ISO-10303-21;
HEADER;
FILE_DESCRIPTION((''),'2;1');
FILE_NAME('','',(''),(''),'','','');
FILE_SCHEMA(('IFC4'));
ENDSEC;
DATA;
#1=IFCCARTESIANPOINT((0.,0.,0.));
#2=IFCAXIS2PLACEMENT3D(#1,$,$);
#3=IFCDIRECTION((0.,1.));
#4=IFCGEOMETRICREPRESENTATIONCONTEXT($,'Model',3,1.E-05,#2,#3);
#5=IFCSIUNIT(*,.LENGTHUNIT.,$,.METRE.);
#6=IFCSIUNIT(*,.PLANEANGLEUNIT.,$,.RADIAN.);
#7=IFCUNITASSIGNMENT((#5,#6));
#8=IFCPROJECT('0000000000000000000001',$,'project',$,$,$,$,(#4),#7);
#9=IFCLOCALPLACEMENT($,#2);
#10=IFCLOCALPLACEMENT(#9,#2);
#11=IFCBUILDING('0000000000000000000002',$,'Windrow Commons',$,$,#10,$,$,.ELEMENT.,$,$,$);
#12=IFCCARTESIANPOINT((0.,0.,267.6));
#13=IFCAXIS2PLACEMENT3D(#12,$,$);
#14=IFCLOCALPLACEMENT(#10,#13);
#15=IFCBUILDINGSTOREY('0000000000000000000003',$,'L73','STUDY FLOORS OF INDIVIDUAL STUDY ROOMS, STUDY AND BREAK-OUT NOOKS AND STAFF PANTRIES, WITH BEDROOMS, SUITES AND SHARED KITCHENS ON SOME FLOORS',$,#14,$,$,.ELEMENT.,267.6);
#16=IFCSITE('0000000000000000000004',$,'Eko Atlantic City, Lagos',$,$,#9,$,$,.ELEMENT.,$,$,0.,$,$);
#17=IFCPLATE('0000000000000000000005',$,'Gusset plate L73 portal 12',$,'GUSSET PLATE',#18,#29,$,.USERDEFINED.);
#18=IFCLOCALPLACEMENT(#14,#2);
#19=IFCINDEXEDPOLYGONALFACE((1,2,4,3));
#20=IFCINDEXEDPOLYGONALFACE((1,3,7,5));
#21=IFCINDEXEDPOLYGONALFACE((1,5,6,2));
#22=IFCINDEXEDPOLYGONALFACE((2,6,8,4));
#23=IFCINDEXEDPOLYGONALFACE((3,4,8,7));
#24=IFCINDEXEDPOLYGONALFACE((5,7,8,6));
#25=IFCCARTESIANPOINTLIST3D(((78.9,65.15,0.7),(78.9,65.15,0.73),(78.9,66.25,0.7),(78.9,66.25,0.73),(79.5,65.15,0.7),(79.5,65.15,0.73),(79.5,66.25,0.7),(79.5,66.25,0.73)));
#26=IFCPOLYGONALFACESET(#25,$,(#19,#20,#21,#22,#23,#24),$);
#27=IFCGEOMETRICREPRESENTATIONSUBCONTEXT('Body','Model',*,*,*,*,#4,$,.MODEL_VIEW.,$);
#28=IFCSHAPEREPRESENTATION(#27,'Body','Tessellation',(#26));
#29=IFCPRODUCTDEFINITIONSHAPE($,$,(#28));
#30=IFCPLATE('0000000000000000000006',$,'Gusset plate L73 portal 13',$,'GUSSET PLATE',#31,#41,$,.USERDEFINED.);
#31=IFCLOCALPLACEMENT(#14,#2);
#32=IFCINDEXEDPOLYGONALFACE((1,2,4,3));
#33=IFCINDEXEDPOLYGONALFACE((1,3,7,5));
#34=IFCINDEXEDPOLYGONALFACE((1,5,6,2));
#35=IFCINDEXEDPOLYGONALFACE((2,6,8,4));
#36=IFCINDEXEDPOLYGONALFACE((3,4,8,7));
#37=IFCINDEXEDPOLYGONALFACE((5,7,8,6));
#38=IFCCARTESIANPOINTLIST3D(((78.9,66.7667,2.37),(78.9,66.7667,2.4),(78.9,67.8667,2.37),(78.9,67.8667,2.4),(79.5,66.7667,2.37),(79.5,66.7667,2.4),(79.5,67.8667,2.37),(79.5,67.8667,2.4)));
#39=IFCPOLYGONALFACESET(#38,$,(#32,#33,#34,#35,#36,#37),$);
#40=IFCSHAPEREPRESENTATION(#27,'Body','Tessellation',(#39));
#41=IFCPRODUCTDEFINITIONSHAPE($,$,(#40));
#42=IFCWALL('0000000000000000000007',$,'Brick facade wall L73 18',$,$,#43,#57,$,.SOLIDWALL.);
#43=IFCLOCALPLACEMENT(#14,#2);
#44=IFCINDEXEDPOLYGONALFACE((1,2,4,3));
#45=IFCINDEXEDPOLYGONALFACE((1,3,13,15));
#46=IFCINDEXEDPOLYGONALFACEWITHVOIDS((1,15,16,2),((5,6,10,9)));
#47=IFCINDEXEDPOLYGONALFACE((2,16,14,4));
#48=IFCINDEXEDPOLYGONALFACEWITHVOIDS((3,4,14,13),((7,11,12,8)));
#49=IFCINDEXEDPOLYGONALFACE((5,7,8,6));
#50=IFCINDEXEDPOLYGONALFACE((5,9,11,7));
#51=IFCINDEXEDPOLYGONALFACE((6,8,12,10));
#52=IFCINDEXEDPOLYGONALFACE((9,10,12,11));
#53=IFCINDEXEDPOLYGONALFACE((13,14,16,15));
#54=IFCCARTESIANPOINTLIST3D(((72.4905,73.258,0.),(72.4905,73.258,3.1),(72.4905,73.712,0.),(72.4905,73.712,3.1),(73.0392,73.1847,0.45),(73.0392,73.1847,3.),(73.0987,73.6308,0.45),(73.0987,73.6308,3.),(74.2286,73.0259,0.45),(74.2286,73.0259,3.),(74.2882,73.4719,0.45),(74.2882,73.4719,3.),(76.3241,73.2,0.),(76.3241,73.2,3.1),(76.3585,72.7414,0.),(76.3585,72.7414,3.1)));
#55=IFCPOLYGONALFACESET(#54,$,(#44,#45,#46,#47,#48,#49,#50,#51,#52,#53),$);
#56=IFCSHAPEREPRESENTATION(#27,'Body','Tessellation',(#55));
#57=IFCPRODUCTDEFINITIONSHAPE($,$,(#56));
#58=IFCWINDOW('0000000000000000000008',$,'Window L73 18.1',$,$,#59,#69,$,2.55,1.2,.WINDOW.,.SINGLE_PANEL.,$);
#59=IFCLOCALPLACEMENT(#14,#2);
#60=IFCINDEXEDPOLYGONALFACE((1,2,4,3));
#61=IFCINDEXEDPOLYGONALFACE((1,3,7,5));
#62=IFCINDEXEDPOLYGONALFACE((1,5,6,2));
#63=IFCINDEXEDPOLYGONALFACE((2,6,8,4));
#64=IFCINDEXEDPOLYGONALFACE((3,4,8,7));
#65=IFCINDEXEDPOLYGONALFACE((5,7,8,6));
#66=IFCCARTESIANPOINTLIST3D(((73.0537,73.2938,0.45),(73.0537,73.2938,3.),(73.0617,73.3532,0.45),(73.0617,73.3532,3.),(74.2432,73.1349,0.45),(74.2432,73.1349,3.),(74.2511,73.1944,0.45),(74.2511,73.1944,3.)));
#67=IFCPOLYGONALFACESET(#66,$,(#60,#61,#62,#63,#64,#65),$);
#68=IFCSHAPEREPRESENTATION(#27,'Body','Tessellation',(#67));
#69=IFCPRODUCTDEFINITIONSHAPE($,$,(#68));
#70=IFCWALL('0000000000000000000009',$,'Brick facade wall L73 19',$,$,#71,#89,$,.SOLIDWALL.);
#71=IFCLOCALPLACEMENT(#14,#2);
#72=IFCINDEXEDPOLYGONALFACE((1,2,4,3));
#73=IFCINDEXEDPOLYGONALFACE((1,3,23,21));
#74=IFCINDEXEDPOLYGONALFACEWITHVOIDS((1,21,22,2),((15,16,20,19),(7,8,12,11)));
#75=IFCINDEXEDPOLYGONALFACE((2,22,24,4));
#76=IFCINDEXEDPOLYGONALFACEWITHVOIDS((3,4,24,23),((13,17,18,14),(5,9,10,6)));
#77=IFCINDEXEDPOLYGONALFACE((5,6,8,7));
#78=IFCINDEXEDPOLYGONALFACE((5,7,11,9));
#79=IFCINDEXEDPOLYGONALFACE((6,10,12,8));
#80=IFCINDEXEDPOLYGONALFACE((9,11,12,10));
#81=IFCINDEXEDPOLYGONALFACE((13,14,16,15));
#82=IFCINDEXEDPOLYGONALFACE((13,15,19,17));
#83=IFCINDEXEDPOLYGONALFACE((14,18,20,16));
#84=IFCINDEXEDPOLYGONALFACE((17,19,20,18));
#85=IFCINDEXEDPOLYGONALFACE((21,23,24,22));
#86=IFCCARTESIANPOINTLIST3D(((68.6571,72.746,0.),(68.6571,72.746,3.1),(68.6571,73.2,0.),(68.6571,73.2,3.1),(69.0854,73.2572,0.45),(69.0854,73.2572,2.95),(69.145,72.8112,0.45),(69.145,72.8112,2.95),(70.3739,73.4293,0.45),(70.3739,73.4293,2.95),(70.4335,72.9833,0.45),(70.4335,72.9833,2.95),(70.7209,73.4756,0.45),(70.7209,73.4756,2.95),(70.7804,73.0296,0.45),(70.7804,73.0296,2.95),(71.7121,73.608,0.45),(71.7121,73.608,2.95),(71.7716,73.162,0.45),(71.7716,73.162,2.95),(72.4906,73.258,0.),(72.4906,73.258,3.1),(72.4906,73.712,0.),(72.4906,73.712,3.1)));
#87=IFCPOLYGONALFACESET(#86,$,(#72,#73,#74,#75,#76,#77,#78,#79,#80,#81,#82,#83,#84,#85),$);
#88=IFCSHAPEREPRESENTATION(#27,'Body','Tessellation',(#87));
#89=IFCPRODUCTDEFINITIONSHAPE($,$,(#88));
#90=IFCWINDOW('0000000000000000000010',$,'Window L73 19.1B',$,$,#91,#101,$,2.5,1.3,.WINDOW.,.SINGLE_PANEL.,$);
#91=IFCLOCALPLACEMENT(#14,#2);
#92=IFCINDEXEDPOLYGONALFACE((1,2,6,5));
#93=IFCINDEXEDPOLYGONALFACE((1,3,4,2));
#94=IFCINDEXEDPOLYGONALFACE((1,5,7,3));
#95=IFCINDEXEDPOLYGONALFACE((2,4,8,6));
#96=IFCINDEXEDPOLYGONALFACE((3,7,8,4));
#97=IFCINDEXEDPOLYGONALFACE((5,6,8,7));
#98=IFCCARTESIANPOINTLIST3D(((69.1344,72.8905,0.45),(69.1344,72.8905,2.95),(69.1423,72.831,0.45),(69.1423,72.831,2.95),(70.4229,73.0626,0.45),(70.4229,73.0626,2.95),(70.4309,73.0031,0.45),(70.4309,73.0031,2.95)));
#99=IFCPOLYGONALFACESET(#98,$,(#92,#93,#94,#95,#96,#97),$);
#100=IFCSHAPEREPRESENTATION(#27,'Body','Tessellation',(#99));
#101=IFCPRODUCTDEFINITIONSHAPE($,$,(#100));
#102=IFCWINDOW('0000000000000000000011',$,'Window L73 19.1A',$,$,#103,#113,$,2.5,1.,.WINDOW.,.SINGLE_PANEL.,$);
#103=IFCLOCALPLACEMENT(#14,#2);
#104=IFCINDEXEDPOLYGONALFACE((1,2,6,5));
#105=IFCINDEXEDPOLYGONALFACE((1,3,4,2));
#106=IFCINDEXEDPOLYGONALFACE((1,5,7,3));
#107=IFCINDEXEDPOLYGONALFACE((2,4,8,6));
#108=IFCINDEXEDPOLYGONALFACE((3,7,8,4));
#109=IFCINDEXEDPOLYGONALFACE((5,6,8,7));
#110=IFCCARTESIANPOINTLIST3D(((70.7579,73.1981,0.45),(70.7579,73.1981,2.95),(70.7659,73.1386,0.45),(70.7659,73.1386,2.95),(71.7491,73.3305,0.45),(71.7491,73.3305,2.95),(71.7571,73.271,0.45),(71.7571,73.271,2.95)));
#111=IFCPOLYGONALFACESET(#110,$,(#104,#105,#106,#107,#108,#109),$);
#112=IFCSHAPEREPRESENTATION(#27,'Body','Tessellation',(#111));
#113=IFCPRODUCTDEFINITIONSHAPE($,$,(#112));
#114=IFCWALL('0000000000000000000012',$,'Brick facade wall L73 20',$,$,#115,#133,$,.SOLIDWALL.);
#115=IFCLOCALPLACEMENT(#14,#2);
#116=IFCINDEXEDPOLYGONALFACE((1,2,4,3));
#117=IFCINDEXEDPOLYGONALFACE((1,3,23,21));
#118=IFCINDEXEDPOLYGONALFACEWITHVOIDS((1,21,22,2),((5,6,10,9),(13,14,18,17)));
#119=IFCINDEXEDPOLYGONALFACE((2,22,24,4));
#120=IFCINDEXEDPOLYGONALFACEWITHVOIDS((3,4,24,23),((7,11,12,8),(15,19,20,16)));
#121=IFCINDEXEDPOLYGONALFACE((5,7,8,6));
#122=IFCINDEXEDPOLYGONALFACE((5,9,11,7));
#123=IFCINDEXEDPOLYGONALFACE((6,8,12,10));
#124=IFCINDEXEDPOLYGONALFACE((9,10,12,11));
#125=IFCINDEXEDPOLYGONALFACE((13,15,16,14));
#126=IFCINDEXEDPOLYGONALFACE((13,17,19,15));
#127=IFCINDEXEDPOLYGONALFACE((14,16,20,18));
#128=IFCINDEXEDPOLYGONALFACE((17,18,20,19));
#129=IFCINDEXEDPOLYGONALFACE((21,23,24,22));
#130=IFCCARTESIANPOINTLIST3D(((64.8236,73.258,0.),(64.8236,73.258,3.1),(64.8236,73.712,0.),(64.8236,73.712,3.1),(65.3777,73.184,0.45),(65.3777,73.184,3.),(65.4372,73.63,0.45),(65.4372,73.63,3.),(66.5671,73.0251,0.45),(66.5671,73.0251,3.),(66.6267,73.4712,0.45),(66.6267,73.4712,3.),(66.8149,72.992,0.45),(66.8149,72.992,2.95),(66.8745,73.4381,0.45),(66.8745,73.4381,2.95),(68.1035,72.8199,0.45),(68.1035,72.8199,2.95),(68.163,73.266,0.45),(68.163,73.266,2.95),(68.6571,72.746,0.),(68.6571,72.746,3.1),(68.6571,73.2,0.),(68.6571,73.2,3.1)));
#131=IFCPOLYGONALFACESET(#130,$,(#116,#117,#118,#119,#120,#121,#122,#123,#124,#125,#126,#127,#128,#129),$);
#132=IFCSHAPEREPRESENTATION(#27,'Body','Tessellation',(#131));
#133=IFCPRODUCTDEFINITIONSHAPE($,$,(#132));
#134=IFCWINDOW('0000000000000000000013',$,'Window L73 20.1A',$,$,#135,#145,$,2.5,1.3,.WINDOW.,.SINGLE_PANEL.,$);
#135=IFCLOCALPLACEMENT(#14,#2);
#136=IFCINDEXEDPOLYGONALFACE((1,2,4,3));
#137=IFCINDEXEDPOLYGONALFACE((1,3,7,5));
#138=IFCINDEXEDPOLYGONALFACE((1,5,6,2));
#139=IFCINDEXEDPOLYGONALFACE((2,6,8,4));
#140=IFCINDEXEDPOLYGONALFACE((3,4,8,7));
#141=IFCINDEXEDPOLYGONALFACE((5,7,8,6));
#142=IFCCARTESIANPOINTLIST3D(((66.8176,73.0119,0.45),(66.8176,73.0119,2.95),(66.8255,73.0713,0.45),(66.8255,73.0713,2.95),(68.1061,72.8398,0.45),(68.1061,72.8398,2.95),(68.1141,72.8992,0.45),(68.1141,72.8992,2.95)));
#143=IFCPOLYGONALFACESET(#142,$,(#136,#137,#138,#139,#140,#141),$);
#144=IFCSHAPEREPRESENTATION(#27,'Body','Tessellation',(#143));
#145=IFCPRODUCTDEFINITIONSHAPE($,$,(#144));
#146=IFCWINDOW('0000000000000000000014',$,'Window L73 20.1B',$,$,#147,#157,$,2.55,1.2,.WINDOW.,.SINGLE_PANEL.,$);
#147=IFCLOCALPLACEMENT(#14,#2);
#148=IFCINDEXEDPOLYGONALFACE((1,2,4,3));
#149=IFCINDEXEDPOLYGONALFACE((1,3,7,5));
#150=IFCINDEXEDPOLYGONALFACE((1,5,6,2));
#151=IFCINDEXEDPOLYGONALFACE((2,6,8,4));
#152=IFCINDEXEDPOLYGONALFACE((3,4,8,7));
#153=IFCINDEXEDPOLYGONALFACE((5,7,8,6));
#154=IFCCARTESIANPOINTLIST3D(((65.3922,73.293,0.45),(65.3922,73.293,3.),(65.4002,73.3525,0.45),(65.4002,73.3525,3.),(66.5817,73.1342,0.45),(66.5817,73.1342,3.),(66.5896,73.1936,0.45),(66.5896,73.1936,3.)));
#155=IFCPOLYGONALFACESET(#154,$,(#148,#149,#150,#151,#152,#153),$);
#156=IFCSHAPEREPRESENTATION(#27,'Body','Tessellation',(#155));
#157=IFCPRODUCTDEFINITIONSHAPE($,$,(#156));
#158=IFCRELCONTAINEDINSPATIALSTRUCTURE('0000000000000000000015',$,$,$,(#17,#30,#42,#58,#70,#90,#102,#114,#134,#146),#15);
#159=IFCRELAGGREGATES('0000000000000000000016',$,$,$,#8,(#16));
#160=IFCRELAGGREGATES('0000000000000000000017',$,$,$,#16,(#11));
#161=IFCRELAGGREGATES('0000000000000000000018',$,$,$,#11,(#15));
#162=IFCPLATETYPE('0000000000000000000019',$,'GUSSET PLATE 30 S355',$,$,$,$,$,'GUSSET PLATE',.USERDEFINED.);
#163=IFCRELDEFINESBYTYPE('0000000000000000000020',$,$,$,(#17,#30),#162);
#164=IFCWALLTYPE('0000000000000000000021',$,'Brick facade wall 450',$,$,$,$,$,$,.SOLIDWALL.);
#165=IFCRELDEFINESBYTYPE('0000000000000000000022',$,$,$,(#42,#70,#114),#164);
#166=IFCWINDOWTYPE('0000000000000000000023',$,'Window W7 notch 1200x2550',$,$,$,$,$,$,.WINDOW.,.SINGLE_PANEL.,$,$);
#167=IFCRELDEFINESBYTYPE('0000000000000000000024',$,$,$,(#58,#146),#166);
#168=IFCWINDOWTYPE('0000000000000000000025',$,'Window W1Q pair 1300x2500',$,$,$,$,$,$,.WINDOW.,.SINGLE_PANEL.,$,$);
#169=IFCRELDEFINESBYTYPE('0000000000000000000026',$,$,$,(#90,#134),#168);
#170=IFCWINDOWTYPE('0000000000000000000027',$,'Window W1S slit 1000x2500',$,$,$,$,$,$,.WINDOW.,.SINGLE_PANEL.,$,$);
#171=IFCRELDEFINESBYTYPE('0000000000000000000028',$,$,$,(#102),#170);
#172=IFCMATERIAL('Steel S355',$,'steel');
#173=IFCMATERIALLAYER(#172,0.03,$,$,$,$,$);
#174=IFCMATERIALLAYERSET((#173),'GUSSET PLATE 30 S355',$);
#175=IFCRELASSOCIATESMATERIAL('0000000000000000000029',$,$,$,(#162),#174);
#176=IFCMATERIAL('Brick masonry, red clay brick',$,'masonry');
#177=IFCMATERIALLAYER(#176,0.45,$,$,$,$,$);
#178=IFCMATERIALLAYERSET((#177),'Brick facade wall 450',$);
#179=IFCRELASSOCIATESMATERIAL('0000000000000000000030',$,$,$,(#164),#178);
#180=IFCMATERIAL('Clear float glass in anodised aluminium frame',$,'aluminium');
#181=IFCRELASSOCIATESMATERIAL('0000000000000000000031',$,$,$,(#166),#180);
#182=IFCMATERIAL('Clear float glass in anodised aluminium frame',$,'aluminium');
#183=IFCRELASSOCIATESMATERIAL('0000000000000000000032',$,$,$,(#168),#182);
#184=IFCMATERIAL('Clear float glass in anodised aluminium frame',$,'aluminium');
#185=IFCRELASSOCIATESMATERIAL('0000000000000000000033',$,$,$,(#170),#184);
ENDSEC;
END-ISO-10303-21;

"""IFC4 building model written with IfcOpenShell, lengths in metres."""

from ifc_helpers import new_model, si_unit, direction, frame, frame_2d, origin, origin_2d, place, context, subcontext, project, spatial, polyline, rectangle, outline, extrude, material, layer, layer_set, type_object, element, fill, save


model = new_model("IFC4")

# Units and contexts
model_context = context("Model", 3, precision=1e-05, world=origin(), true_north=direction((0.0, 1.0)))
body_context = subcontext(model_context, "Body", "Model", "MODEL_VIEW")
ifc_project = project(units=[si_unit("LENGTHUNIT", "METRE"), si_unit("PLANEANGLEUNIT", "RADIAN")], contexts=[model_context])

# Site, building, storey
site_placement = place(None, origin())
site = spatial("IfcSite", under=ifc_project, at=site_placement, Name="Eko Atlantic City, Lagos", CompositionType="ELEMENT", RefElevation=0.0)
building_placement = place(site_placement, origin())
building = spatial("IfcBuilding", under=site, at=building_placement, Name="Windrow Commons", CompositionType="ELEMENT")
storey_placement = place(building_placement, frame((0.0, 0.0, 267.6)))
storey = spatial("IfcBuildingStorey", under=building, at=storey_placement, Name="L73", Description="STUDY FLOORS OF INDIVIDUAL STUDY ROOMS, STUDY AND BREAK-OUT NOOKS AND STAFF PANTRIES, WITH BEDROOMS, SUITES AND SHARED KITCHENS ON SOME FLOORS", CompositionType="ELEMENT", Elevation=267.6)

# Plates
ifc_material_1 = material(Name="Steel S355", Category="steel")
ifc_layer_1 = layer(ifc_material_1, 0.03)
ifc_layer_set_1 = layer_set([ifc_layer_1], Name="GUSSET PLATE 30 S355")
plate_type = type_object("IfcPlateType", Name="GUSSET PLATE 30 S355", ElementType="GUSSET PLATE", PredefinedType="USERDEFINED", material=ifc_layer_set_1)
for number, where, z_axis, x_axis, name in (
    (1, (79.2, 65.7, 0.7), (0.0, 0.0, 1.0), (0.0, 1.0, 0.0), "Gusset plate L73 portal 12"),
    (2, (79.2, 67.3167, 2.37), (0.0, 0.0, 1.0), (0.0, 1.0, 0.0), "Gusset plate L73 portal 13"),
):
    element("IfcPlate", number, at=place(storey_placement, frame(where, z_axis=z_axis, x_axis=x_axis)), inside=storey, type_object=plate_type, Name=name, ObjectType="GUSSET PLATE", PredefinedType="USERDEFINED", context=body_context, shape_type="SweptSolid", body=[
        extrude(rectangle(XDim=1.1, YDim=0.6, at=origin_2d()), origin(), (0.0, 0.0, 1.0), 0.03),
    ])

# Wall, opening, window
ifc_material_2 = material(Name="Brick masonry, red clay brick", Category="masonry")
ifc_layer_2 = layer(ifc_material_2, 0.45)
ifc_layer_set_2 = layer_set([ifc_layer_2], Name="Brick facade wall 450")
wall_type_1 = type_object("IfcWallType", Name="Brick facade wall 450", PredefinedType="SOLIDWALL", material=ifc_layer_set_2)
wall_1_placement = place(storey_placement, frame((76.3413, 72.9707, 0.0), z_axis=(0.0, 0.0, 1.0), x_axis=(-0.991198, 0.132385, 0.0)))
wall_1 = element("IfcWall", 3, at=wall_1_placement, inside=storey, type_object=wall_type_1, Name="Brick facade wall L73 18", PredefinedType="SOLIDWALL", context=body_context, shape_type="SweptSolid", body=[
    extrude(outline(polyline([(0.0474, -0.225), (3.915, -0.225), (3.8549, 0.225), (-0.0474, 0.225), (0.0474, -0.225)])), origin(), (0.0, 0.0, 1.0), 3.1),
])
opening_1_placement = place(wall_1_placement, frame((2.1014, 0.0, 0.45)))
opening_1 = element("IfcOpeningElement", 4, at=opening_1_placement, cuts=wall_1, PredefinedType="OPENING", context=body_context, shape_type="SweptSolid", body=[
    extrude(rectangle(XDim=1.2, YDim=2.55, at=frame_2d((0.6, 1.275))), frame((0.0, 0.235, 0.0), z_axis=(0.0, -1.0, 0.0), x_axis=(1.0, 0.0, 0.0)), (0.0, 0.0, 1.0), 0.47),
])
ifc_material_3 = material(Name="Clear float glass in anodised aluminium frame", Category="aluminium")
window_type_1 = type_object("IfcWindowType", Name="Window W7 notch 1200x2550", PartitioningType="SINGLE_PANEL", PredefinedType="WINDOW", material=ifc_material_3)
window_1_placement = place(opening_1_placement, origin())
window_1 = element("IfcWindow", 5, at=window_1_placement, inside=storey, type_object=window_type_1, Name="Window L73 18.1", OverallHeight=2.55, OverallWidth=1.2, PartitioningType="SINGLE_PANEL", PredefinedType="WINDOW", context=body_context, shape_type="SweptSolid", body=[
    extrude(rectangle(XDim=1.2, YDim=2.55, at=frame_2d((0.6, 1.275))), frame((0.0, 0.115, 0.0), z_axis=(0.0, -1.0, 0.0), x_axis=(1.0, 0.0, 0.0)), (0.0, 0.0, 1.0), 0.06),
])
fill(opening_1, window_1)

# Walls, openings, windows
wall_2_placement = place(storey_placement, frame((72.4906, 73.485, 0.0), z_axis=(0.0, 0.0, 1.0), x_axis=(-0.991199, -0.132384, 0.0)))
wall_2 = element("IfcWall", 6, at=wall_2_placement, inside=storey, type_object=wall_type_1, Name="Brick facade wall L73 19", PredefinedType="SOLIDWALL", context=body_context, shape_type="SweptSolid", body=[
    extrude(outline(polyline([(-0.0301, -0.225), (3.8375, -0.225), (3.8976, 0.225), (0.0301, 0.225), (-0.0301, -0.225)])), origin(), (0.0, 0.0, 1.0), 3.1),
])
opening_2_placement = place(wall_2_placement, frame((0.7554, 0.0, 0.45)))
opening_2 = element("IfcOpeningElement", 7, at=opening_2_placement, cuts=wall_2, PredefinedType="OPENING", context=body_context, shape_type="SweptSolid", body=[
    extrude(rectangle(XDim=1.0, YDim=2.5, at=frame_2d((0.5, 1.25))), frame((0.0, 0.235, 0.0), z_axis=(0.0, -1.0, 0.0), x_axis=(1.0, 0.0, 0.0)), (0.0, 0.0, 1.0), 0.47),
])
opening_3_placement = place(wall_2_placement, frame((2.1054, 0.0, 0.45)))
opening_3 = element("IfcOpeningElement", 8, at=opening_3_placement, cuts=wall_2, PredefinedType="OPENING", context=body_context, shape_type="SweptSolid", body=[
    extrude(rectangle(XDim=1.3, YDim=2.5, at=frame_2d((0.65, 1.25))), frame((0.0, 0.235, 0.0), z_axis=(0.0, -1.0, 0.0), x_axis=(1.0, 0.0, 0.0)), (0.0, 0.0, 1.0), 0.47),
])
ifc_material_4 = material(Name="Clear float glass in anodised aluminium frame", Category="aluminium")
window_type_2 = type_object("IfcWindowType", Name="Window W1Q pair 1300x2500", PartitioningType="SINGLE_PANEL", PredefinedType="WINDOW", material=ifc_material_4)
window_2_placement = place(opening_3_placement, origin())
window_2 = element("IfcWindow", 9, at=window_2_placement, inside=storey, type_object=window_type_2, Name="Window L73 19.1B", OverallHeight=2.5, OverallWidth=1.3, PartitioningType="SINGLE_PANEL", PredefinedType="WINDOW", context=body_context, shape_type="SweptSolid", body=[
    extrude(rectangle(XDim=1.3, YDim=2.5, at=frame_2d((0.65, 1.25))), frame((0.0, 0.205, 0.0), z_axis=(0.0, -1.0, 0.0), x_axis=(1.0, 0.0, 0.0)), (0.0, 0.0, 1.0), 0.06),
])
fill(opening_3, window_2)
ifc_material_5 = material(Name="Clear float glass in anodised aluminium frame", Category="aluminium")
window_type_3 = type_object("IfcWindowType", Name="Window W1S slit 1000x2500", PartitioningType="SINGLE_PANEL", PredefinedType="WINDOW", material=ifc_material_5)
window_3_placement = place(opening_2_placement, origin())
window_3 = element("IfcWindow", 10, at=window_3_placement, inside=storey, type_object=window_type_3, Name="Window L73 19.1A", OverallHeight=2.5, OverallWidth=1.0, PartitioningType="SINGLE_PANEL", PredefinedType="WINDOW", context=body_context, shape_type="SweptSolid", body=[
    extrude(rectangle(XDim=1.0, YDim=2.5, at=frame_2d((0.5, 1.25))), frame((0.0, 0.115, 0.0), z_axis=(0.0, -1.0, 0.0), x_axis=(1.0, 0.0, 0.0)), (0.0, 0.0, 1.0), 0.06),
])
fill(opening_2, window_3)
wall_3_placement = place(storey_placement, frame((68.6571, 72.973, 0.0), z_axis=(0.0, 0.0, 1.0), x_axis=(-0.991199, 0.13238, 0.0)))
wall_3 = element("IfcWall", 11, at=wall_3_placement, inside=storey, type_object=wall_type_1, Name="Brick facade wall L73 20", PredefinedType="SOLIDWALL", context=body_context, shape_type="SweptSolid", body=[
    extrude(outline(polyline([(0.0301, -0.225), (3.8976, -0.225), (3.8375, 0.225), (-0.0301, 0.225), (0.0301, -0.225)])), origin(), (0.0, 0.0, 1.0), 3.1),
])
opening_4_placement = place(wall_3_placement, frame((0.5285, 0.0, 0.45)))
opening_4 = element("IfcOpeningElement", 12, at=opening_4_placement, cuts=wall_3, PredefinedType="OPENING", context=body_context, shape_type="SweptSolid", body=[
    extrude(rectangle(XDim=1.3, YDim=2.5, at=frame_2d((0.65, 1.25))), frame((0.0, 0.235, 0.0), z_axis=(0.0, -1.0, 0.0), x_axis=(1.0, 0.0, 0.0)), (0.0, 0.0, 1.0), 0.47),
])
opening_5_placement = place(wall_3_placement, frame((2.0785, 0.0, 0.45)))
opening_5 = element("IfcOpeningElement", 13, at=opening_5_placement, cuts=wall_3, PredefinedType="OPENING", context=body_context, shape_type="SweptSolid", body=[
    extrude(rectangle(XDim=1.2, YDim=2.55, at=frame_2d((0.6, 1.275))), frame((0.0, 0.235, 0.0), z_axis=(0.0, -1.0, 0.0), x_axis=(1.0, 0.0, 0.0)), (0.0, 0.0, 1.0), 0.47),
])
window_4_placement = place(opening_4_placement, origin())
window_4 = element("IfcWindow", 14, at=window_4_placement, inside=storey, type_object=window_type_2, Name="Window L73 20.1A", OverallHeight=2.5, OverallWidth=1.3, PartitioningType="SINGLE_PANEL", PredefinedType="WINDOW", context=body_context, shape_type="SweptSolid", body=[
    extrude(rectangle(XDim=1.3, YDim=2.5, at=frame_2d((0.65, 1.25))), frame((0.0, 0.205, 0.0), z_axis=(0.0, -1.0, 0.0), x_axis=(1.0, 0.0, 0.0)), (0.0, 0.0, 1.0), 0.06),
])
fill(opening_4, window_4)
window_5_placement = place(opening_5_placement, origin())
window_5 = element("IfcWindow", 15, at=window_5_placement, inside=storey, type_object=window_type_1, Name="Window L73 20.1B", OverallHeight=2.55, OverallWidth=1.2, PartitioningType="SINGLE_PANEL", PredefinedType="WINDOW", context=body_context, shape_type="SweptSolid", body=[
    extrude(rectangle(XDim=1.2, YDim=2.55, at=frame_2d((0.6, 1.275))), frame((0.0, 0.115, 0.0), z_axis=(0.0, -1.0, 0.0), x_axis=(1.0, 0.0, 0.0)), (0.0, 0.0, 1.0), 0.06),
])
fill(opening_5, window_5)

save(model, "model.ifc")
